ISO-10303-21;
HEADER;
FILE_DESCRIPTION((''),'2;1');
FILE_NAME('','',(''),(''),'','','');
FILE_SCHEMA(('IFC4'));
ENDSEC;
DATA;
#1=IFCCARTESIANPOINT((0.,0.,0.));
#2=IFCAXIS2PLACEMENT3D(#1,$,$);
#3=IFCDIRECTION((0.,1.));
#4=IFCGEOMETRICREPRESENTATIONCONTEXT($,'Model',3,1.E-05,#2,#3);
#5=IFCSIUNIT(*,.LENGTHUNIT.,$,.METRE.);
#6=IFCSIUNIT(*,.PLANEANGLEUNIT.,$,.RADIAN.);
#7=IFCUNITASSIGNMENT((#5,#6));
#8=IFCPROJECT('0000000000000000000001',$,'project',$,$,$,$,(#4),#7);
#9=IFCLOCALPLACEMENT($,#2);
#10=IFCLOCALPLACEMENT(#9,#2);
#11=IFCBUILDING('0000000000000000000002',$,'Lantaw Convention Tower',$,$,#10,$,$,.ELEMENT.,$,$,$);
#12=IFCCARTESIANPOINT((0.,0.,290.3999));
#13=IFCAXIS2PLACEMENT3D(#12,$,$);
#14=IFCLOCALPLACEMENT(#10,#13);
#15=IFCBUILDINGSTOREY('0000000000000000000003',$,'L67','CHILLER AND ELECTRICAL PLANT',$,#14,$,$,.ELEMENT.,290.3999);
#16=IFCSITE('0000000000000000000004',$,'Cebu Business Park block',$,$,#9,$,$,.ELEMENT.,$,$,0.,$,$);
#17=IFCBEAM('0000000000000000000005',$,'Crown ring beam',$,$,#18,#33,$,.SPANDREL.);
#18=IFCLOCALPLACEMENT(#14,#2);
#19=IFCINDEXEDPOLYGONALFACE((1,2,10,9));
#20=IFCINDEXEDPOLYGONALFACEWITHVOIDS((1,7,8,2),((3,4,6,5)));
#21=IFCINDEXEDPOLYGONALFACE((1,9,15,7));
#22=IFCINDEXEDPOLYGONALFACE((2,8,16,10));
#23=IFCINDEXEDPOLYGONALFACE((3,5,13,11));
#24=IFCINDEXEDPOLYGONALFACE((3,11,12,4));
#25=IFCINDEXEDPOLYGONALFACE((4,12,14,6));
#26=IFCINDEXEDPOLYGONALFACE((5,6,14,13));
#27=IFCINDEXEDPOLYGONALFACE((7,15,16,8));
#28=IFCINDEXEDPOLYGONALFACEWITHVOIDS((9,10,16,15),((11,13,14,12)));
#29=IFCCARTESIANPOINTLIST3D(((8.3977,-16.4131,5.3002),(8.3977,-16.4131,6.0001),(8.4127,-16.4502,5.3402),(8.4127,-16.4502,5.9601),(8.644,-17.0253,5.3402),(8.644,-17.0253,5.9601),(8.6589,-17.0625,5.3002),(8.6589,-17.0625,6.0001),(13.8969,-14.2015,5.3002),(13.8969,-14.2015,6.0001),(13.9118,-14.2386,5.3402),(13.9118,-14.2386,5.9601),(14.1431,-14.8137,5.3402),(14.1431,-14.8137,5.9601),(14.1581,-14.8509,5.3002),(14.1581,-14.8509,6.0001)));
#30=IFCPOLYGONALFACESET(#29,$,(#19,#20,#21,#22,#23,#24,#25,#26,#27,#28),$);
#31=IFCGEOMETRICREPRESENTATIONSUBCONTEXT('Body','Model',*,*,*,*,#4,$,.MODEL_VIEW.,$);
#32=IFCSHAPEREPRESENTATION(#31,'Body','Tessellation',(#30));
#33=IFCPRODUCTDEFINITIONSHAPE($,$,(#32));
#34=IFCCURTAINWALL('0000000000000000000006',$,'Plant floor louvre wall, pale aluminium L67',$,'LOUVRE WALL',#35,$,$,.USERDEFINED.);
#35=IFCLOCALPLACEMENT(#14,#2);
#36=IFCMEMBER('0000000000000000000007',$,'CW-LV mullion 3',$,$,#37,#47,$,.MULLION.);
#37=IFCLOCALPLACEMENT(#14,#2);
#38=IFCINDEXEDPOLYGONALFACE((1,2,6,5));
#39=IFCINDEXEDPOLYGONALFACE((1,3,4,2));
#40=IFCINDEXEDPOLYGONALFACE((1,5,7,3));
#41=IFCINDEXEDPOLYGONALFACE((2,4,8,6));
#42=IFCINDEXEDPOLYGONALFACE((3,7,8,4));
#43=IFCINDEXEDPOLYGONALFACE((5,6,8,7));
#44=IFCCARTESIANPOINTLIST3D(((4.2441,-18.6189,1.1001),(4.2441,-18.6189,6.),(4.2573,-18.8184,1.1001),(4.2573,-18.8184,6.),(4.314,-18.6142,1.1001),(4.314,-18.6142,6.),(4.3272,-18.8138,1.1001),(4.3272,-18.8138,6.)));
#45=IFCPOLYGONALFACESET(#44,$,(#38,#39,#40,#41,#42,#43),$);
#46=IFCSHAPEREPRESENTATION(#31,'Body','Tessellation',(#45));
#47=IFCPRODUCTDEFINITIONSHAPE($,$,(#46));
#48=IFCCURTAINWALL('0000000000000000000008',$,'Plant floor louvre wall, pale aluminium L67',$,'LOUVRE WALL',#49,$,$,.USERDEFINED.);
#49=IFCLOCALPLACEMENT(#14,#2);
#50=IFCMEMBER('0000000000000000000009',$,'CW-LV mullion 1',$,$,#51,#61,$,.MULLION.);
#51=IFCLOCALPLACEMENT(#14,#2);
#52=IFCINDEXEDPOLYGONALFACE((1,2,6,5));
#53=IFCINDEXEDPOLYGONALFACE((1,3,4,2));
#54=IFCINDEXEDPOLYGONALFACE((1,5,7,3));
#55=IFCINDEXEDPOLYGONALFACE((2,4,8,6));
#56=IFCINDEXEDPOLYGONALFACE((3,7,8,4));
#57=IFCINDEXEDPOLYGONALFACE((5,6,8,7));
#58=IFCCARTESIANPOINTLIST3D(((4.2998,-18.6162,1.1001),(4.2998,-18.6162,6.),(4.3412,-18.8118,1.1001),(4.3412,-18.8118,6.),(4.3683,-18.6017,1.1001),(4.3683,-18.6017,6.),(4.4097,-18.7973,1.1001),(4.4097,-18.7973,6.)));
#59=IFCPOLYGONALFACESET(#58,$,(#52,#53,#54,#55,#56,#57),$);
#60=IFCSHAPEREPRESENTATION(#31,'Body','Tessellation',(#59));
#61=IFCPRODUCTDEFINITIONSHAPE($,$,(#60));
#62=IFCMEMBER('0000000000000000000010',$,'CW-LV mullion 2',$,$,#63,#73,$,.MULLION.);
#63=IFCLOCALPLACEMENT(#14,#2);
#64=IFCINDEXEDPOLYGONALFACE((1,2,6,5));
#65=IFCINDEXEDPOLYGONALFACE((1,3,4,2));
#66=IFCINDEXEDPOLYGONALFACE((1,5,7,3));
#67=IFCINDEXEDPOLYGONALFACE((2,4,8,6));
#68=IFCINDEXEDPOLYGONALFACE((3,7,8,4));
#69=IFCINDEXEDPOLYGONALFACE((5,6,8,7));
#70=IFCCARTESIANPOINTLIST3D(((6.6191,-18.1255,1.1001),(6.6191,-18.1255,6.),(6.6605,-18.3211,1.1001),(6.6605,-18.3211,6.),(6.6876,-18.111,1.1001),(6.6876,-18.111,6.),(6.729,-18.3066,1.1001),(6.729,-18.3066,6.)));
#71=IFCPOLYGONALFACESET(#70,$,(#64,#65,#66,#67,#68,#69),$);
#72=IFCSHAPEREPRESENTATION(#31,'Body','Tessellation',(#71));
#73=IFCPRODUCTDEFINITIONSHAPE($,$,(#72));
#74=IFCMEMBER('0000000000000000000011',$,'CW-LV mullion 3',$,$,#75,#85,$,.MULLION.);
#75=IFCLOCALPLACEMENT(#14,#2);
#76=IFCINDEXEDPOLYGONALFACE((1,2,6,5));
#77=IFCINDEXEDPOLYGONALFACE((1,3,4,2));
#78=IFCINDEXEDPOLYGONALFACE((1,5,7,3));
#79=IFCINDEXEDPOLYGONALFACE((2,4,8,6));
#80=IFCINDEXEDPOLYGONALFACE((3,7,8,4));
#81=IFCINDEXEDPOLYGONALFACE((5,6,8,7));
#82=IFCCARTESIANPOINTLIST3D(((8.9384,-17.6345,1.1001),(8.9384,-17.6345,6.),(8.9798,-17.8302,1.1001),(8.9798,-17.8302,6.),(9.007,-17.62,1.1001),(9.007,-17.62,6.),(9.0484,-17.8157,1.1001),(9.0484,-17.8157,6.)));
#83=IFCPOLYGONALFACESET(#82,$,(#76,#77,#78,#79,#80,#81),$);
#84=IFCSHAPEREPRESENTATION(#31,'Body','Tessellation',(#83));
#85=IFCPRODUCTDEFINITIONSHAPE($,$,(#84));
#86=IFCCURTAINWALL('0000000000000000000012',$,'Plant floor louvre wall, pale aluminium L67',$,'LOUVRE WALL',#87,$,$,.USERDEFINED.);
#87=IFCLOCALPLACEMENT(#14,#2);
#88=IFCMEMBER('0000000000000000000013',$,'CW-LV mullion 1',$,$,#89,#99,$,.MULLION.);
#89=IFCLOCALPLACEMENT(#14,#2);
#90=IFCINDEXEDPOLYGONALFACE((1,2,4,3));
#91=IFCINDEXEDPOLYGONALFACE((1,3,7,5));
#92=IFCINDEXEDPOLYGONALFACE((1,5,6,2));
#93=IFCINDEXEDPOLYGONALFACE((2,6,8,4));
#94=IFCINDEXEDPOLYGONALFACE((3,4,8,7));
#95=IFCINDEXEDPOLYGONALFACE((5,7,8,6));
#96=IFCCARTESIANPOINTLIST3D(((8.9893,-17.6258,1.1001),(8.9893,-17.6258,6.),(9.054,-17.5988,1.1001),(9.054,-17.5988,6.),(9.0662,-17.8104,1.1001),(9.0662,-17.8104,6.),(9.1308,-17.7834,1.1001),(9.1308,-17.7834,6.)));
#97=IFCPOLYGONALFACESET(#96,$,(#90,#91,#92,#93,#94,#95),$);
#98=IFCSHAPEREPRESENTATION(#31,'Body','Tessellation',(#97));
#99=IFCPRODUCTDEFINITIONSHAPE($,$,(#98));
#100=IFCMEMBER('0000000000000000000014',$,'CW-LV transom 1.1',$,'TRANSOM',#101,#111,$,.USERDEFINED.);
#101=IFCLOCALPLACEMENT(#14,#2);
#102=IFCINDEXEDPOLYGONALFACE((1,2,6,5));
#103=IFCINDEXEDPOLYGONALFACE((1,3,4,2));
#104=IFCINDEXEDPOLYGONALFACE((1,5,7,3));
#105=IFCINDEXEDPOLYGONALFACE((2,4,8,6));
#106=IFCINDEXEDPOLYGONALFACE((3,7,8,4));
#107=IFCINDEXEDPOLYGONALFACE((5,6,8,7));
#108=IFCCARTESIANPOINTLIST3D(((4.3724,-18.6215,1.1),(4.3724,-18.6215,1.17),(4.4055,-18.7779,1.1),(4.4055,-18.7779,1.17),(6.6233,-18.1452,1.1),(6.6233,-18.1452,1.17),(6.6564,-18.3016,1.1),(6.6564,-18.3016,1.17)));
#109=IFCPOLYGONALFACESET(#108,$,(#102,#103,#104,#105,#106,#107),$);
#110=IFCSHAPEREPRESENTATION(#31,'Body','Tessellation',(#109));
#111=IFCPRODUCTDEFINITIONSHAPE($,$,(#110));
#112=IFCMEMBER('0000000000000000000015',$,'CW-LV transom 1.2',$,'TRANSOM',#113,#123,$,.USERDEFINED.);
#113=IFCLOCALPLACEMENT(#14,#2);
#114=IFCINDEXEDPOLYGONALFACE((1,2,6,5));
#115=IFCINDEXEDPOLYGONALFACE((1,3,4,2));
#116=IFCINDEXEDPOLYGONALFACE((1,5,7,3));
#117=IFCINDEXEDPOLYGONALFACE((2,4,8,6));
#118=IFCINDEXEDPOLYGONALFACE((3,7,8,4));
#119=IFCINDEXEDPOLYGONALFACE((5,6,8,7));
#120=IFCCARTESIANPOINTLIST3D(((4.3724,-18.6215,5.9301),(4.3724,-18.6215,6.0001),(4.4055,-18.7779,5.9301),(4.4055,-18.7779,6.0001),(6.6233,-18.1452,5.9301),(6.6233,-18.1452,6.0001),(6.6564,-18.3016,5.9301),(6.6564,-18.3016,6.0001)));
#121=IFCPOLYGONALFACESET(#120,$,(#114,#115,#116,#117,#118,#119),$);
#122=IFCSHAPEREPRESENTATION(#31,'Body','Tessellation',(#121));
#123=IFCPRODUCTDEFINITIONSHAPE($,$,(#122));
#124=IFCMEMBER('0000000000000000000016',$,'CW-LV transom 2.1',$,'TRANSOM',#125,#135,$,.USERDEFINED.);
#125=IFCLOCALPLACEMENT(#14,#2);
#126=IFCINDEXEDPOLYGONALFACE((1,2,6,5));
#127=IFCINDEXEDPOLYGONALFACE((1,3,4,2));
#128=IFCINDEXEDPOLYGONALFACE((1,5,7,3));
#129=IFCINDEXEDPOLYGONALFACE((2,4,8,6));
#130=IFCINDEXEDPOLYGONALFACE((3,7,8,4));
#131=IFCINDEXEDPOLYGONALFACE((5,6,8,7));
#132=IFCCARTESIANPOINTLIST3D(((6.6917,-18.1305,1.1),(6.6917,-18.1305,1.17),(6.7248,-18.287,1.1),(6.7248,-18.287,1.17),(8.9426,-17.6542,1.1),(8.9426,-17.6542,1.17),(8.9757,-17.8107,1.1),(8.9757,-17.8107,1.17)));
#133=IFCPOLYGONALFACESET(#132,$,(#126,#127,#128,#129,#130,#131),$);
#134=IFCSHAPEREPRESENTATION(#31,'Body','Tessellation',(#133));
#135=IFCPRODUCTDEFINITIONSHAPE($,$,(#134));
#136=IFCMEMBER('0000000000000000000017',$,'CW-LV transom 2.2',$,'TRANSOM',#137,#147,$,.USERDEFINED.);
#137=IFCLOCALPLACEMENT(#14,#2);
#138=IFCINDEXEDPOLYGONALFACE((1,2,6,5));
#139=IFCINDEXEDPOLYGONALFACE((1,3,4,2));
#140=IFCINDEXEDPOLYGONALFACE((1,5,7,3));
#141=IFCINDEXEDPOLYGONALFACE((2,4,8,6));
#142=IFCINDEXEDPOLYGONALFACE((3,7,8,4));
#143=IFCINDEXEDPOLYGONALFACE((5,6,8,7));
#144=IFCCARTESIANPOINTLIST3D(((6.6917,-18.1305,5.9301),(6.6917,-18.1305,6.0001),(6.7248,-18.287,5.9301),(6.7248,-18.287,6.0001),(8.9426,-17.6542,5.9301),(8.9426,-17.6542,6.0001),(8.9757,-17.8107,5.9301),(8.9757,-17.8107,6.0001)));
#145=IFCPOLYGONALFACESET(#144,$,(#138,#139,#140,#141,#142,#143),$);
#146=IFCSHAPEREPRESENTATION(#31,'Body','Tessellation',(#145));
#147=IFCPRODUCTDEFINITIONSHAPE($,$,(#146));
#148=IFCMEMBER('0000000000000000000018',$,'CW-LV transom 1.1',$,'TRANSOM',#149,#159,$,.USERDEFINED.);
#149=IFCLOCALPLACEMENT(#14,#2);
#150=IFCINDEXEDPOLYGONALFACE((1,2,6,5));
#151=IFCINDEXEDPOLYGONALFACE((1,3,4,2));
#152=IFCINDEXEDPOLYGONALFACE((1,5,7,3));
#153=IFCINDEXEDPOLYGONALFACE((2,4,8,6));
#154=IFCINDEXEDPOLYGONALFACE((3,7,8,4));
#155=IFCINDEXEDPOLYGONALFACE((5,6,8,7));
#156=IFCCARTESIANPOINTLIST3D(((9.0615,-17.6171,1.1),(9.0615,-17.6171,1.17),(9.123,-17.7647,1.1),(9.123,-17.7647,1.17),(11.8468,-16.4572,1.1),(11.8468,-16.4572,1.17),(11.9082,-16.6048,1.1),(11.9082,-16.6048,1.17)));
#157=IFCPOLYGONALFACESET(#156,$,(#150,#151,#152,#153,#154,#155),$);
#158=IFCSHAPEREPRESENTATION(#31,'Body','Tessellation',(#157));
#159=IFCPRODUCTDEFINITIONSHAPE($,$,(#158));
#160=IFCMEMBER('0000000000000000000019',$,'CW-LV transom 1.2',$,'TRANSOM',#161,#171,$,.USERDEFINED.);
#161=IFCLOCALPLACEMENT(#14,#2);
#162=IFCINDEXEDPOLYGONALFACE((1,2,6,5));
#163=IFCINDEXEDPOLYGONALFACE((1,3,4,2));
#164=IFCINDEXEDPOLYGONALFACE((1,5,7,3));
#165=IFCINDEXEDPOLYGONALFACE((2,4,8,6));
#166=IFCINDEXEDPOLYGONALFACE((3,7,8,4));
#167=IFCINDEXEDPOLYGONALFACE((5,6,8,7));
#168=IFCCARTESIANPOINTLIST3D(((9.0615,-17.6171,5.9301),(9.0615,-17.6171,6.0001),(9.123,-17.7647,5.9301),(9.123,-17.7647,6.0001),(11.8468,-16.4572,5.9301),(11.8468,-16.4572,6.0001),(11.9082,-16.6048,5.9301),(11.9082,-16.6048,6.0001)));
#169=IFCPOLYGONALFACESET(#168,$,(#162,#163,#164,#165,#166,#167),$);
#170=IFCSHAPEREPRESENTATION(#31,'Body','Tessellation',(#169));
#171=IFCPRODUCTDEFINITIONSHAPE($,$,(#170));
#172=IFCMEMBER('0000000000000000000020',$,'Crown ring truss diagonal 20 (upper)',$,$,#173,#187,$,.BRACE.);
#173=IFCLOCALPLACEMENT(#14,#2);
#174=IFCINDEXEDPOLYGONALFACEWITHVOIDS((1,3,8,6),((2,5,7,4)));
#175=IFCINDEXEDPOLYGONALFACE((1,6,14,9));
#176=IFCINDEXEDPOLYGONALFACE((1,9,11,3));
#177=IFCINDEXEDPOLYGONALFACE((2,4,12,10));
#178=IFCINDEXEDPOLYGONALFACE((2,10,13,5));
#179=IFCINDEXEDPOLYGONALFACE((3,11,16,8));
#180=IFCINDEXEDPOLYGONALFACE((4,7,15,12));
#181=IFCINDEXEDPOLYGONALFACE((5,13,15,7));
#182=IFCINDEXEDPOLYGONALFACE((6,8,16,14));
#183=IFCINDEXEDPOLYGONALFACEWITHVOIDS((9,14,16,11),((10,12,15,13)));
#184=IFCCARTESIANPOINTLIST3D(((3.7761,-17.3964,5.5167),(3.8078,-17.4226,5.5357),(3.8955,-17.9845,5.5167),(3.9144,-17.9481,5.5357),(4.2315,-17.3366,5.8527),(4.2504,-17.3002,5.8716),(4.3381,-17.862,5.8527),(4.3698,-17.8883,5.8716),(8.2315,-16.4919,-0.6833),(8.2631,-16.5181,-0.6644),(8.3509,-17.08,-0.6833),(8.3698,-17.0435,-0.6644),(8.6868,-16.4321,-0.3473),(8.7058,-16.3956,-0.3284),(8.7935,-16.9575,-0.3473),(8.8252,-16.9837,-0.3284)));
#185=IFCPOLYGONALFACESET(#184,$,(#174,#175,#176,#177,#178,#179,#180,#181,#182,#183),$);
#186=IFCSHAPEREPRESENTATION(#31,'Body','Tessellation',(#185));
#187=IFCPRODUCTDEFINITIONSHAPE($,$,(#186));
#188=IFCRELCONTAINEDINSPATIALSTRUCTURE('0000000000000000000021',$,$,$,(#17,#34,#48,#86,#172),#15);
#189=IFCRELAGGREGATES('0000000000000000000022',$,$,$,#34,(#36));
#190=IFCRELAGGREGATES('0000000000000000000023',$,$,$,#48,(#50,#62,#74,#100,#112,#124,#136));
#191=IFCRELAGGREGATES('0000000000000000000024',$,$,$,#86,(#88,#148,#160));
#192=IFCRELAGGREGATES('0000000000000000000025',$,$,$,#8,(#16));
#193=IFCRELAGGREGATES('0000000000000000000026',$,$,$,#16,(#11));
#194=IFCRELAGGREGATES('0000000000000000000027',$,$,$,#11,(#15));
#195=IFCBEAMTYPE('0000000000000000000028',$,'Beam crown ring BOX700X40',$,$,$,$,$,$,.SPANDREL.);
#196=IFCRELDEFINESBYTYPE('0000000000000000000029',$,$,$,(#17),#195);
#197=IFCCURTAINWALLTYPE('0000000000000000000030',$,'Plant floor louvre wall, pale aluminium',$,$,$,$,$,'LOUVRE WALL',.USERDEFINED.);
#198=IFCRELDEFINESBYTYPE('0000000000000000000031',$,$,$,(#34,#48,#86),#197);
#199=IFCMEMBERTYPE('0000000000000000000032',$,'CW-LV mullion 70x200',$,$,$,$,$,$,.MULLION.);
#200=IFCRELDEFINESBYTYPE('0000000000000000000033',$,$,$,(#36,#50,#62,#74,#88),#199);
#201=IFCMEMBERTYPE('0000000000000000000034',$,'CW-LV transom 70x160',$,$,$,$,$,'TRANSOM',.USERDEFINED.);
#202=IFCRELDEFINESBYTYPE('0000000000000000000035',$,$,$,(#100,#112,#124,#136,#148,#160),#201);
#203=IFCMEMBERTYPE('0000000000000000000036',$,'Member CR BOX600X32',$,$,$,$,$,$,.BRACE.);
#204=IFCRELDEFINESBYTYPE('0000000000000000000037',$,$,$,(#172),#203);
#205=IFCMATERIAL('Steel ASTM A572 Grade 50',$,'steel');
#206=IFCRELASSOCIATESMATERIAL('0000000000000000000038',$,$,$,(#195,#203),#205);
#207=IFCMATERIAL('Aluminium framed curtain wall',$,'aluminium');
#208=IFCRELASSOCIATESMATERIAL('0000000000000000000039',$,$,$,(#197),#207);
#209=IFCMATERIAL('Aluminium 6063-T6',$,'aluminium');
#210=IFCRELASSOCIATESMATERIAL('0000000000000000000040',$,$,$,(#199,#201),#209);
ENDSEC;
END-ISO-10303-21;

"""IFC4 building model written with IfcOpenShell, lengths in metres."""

from ifc_helpers import new_model, si_unit, direction, frame, origin, origin_2d, place, context, subcontext, project, spatial, rectangle, hollow_rectangle, extrude, material, material_profile, profile_set, type_object, element, aggregate, save


model = new_model("IFC4")

# Units and contexts
model_context = context("Model", 3, precision=1e-05, world=origin(), true_north=direction((0.0, 1.0)))
body_context = subcontext(model_context, "Body", "Model", "MODEL_VIEW")
ifc_project = project(units=[si_unit("LENGTHUNIT", "METRE"), si_unit("PLANEANGLEUNIT", "RADIAN")], contexts=[model_context])

# Site, building, storey
site_placement = place(None, origin())
site = spatial("IfcSite", under=ifc_project, at=site_placement, Name="Cebu Business Park block", CompositionType="ELEMENT", RefElevation=0.0)
building_placement = place(site_placement, origin())
building = spatial("IfcBuilding", under=site, at=building_placement, Name="Lantaw Convention Tower", CompositionType="ELEMENT")
storey_placement = place(building_placement, frame((0.0, 0.0, 290.3999)))
storey = spatial("IfcBuildingStorey", under=building, at=storey_placement, Name="L67", Description="CHILLER AND ELECTRICAL PLANT", CompositionType="ELEMENT", Elevation=290.3999)

# Shared definitions
ifc_material_1 = material(Name="Steel ASTM A572 Grade 50", Category="steel")

# Beam
ifc_material_profile_1 = material_profile(ifc_material_1, hollow_rectangle(XDim=0.7, YDim=0.7, WallThickness=0.04, at=origin_2d()), Name="BOX700X40")
ifc_profile_set_1 = profile_set([ifc_material_profile_1], Name="Steel ASTM A572 Grade 50")
beam_type_1 = type_object("IfcBeamType", Name="Beam crown ring BOX700X40", PredefinedType="SPANDREL", material=ifc_profile_set_1)
beam_1_placement = place(storey_placement, frame((8.5283, -16.7378, 5.6501), z_axis=(0.927779, 0.37313, 0.0), x_axis=(-0.37313, 0.927779, 0.0)))
element("IfcBeam", 1, at=beam_1_placement, inside=storey, type_object=beam_type_1, Name="Crown ring beam", PredefinedType="SPANDREL", context=body_context, shape_type="SweptSolid", body=[
    extrude(hollow_rectangle(XDim=0.7, YDim=0.7, WallThickness=0.04, at=origin_2d()), origin(), (0.0, 0.0, 1.0), 5.9272),
])

# Curtain wall, member
ifc_material_2 = material(Name="Aluminium framed curtain wall", Category="aluminium")
curtain_wall_type = type_object("IfcCurtainWallType", Name="Plant floor louvre wall, pale aluminium", ElementType="LOUVRE WALL", PredefinedType="USERDEFINED", material=ifc_material_2)
curtain_wall_1_placement = place(storey_placement, origin())
curtain_wall_1 = element("IfcCurtainWall", 2, at=curtain_wall_1_placement, inside=storey, type_object=curtain_wall_type, Name="Plant floor louvre wall, pale aluminium L67", ObjectType="LOUVRE WALL", PredefinedType="USERDEFINED")
ifc_material_3 = material(Name="Aluminium 6063-T6", Category="aluminium")
ifc_material_profile_2 = material_profile(ifc_material_3, rectangle(XDim=0.2, YDim=0.0701, at=origin_2d()), Name="CW-LV mullion 70x200")
ifc_profile_set_2 = profile_set([ifc_material_profile_2], Name="Aluminium 6063-T6")
member_type_1 = type_object("IfcMemberType", Name="CW-LV mullion 70x200", PredefinedType="MULLION", material=ifc_profile_set_2)
member_1_placement = place(storey_placement, frame((4.2856, -18.7163, 1.1001), z_axis=(0.0, 0.0, 1.0), x_axis=(-0.066025, 0.997818, 0.0)))
member_1 = element("IfcMember", 3, at=member_1_placement, type_object=member_type_1, Name="CW-LV mullion 3", PredefinedType="MULLION", context=body_context, shape_type="SweptSolid", body=[
    extrude(rectangle(XDim=0.2, YDim=0.0701, at=origin_2d()), origin(), (0.0, 0.0, 1.0), 4.8999),
])
aggregate(curtain_wall_1, [member_1])

# Curtain wall, members
curtain_wall_2_placement = place(storey_placement, origin())
curtain_wall_2 = element("IfcCurtainWall", 4, at=curtain_wall_2_placement, inside=storey, type_object=curtain_wall_type, Name="Plant floor louvre wall, pale aluminium L67", ObjectType="LOUVRE WALL", PredefinedType="USERDEFINED")
member_2_placement = place(storey_placement, frame((4.3547, -18.7068, 1.1001), z_axis=(0.0, 0.0, 1.0), x_axis=(-0.20704, 0.978332, 0.0)))
member_2 = element("IfcMember", 5, at=member_2_placement, type_object=member_type_1, Name="CW-LV mullion 1", PredefinedType="MULLION", context=body_context, shape_type="SweptSolid", body=[
    extrude(rectangle(XDim=0.2, YDim=0.0701, at=origin_2d()), origin(), (0.0, 0.0, 1.0), 4.8999),
])
member_3_placement = place(storey_placement, frame((6.6741, -18.2161, 1.1001), z_axis=(0.0, 0.0, 1.0), x_axis=(-0.20704, 0.978332, 0.0)))
member_3 = element("IfcMember", 6, at=member_3_placement, type_object=member_type_1, Name="CW-LV mullion 2", PredefinedType="MULLION", context=body_context, shape_type="SweptSolid", body=[
    extrude(rectangle(XDim=0.2, YDim=0.0701, at=origin_2d()), origin(), (0.0, 0.0, 1.0), 4.8999),
])
member_4_placement = place(storey_placement, frame((8.9934, -17.7251, 1.1001), z_axis=(0.0, 0.0, 1.0), x_axis=(-0.20704, 0.978332, 0.0)))
member_4 = element("IfcMember", 7, at=member_4_placement, type_object=member_type_1, Name="CW-LV mullion 3", PredefinedType="MULLION", context=body_context, shape_type="SweptSolid", body=[
    extrude(rectangle(XDim=0.2, YDim=0.0701, at=origin_2d()), origin(), (0.0, 0.0, 1.0), 4.8999),
])

# Curtain wall, member
curtain_wall_3_placement = place(storey_placement, origin())
curtain_wall_3 = element("IfcCurtainWall", 8, at=curtain_wall_3_placement, inside=storey, type_object=curtain_wall_type, Name="Plant floor louvre wall, pale aluminium L67", ObjectType="LOUVRE WALL", PredefinedType="USERDEFINED")
member_5_placement = place(storey_placement, frame((9.0601, -17.7046, 1.1001), z_axis=(0.0, 0.0, 1.0), x_axis=(-0.38446, 0.923142, 0.0)))
member_5 = element("IfcMember", 9, at=member_5_placement, type_object=member_type_1, Name="CW-LV mullion 1", PredefinedType="MULLION", context=body_context, shape_type="SweptSolid", body=[
    extrude(rectangle(XDim=0.2, YDim=0.0701, at=origin_2d()), origin(), (0.0, 0.0, 1.0), 4.8999),
])

# Members
ifc_material_profile_3 = material_profile(ifc_material_3, rectangle(XDim=0.1599, YDim=0.0701, at=origin_2d()), Name="CW-LV transom 70x160")
ifc_profile_set_3 = profile_set([ifc_material_profile_3], Name="Aluminium 6063-T6")
member_type_2 = type_object("IfcMemberType", Name="CW-LV transom 70x160", ElementType="TRANSOM", PredefinedType="USERDEFINED", material=ifc_profile_set_3)
member_6_placement = place(storey_placement, frame((4.3889, -18.6997, 1.135), z_axis=(0.978336, 0.207021, 0.0), x_axis=(-0.207021, 0.978336, 0.0)))
member_6 = element("IfcMember", 10, at=member_6_placement, type_object=member_type_2, Name="CW-LV transom 1.1", ObjectType="TRANSOM", PredefinedType="USERDEFINED", context=body_context, shape_type="SweptSolid", body=[
    extrude(rectangle(XDim=0.1599, YDim=0.0701, at=origin_2d()), origin(), (0.0, 0.0, 1.0), 2.3008),
])
member_7_placement = place(storey_placement, frame((4.3889, -18.6997, 5.9651), z_axis=(0.978336, 0.207021, 0.0), x_axis=(-0.207021, 0.978336, 0.0)))
member_7 = element("IfcMember", 11, at=member_7_placement, type_object=member_type_2, Name="CW-LV transom 1.2", ObjectType="TRANSOM", PredefinedType="USERDEFINED", context=body_context, shape_type="SweptSolid", body=[
    extrude(rectangle(XDim=0.1599, YDim=0.0701, at=origin_2d()), origin(), (0.0, 0.0, 1.0), 2.3008),
])
member_8_placement = place(storey_placement, frame((6.7083, -18.2087, 1.135), z_axis=(0.978336, 0.207021, 0.0), x_axis=(-0.207021, 0.978336, 0.0)))
member_8 = element("IfcMember", 12, at=member_8_placement, type_object=member_type_2, Name="CW-LV transom 2.1", ObjectType="TRANSOM", PredefinedType="USERDEFINED", context=body_context, shape_type="SweptSolid", body=[
    extrude(rectangle(XDim=0.1599, YDim=0.0701, at=origin_2d()), origin(), (0.0, 0.0, 1.0), 2.3008),
])
member_9_placement = place(storey_placement, frame((6.7083, -18.2087, 5.9651), z_axis=(0.978336, 0.207021, 0.0), x_axis=(-0.207021, 0.978336, 0.0)))
member_9 = element("IfcMember", 13, at=member_9_placement, type_object=member_type_2, Name="CW-LV transom 2.2", ObjectType="TRANSOM", PredefinedType="USERDEFINED", context=body_context, shape_type="SweptSolid", body=[
    extrude(rectangle(XDim=0.1599, YDim=0.0701, at=origin_2d()), origin(), (0.0, 0.0, 1.0), 2.3008),
])
member_10_placement = place(storey_placement, frame((9.0923, -17.6909, 1.135), z_axis=(0.923144, 0.384454, 0.0), x_axis=(-0.384454, 0.923144, 0.0)))
member_10 = element("IfcMember", 14, at=member_10_placement, type_object=member_type_2, Name="CW-LV transom 1.1", ObjectType="TRANSOM", PredefinedType="USERDEFINED", context=body_context, shape_type="SweptSolid", body=[
    extrude(rectangle(XDim=0.1599, YDim=0.0701, at=origin_2d()), origin(), (0.0, 0.0, 1.0), 3.0171),
])
member_11_placement = place(storey_placement, frame((9.0923, -17.6909, 5.9651), z_axis=(0.923144, 0.384454, 0.0), x_axis=(-0.384454, 0.923144, 0.0)))
member_11 = element("IfcMember", 15, at=member_11_placement, type_object=member_type_2, Name="CW-LV transom 1.2", ObjectType="TRANSOM", PredefinedType="USERDEFINED", context=body_context, shape_type="SweptSolid", body=[
    extrude(rectangle(XDim=0.1599, YDim=0.0701, at=origin_2d()), origin(), (0.0, 0.0, 1.0), 3.0171),
])

# Member
ifc_material_profile_4 = material_profile(ifc_material_1, hollow_rectangle(XDim=0.6001, YDim=0.6001, WallThickness=0.032, at=origin_2d()), Name="BOX600X32")
ifc_profile_set_4 = profile_set([ifc_material_profile_4], Name="Steel ASTM A572 Grade 50")
member_type_3 = type_object("IfcMemberType", Name="Member CR BOX600X32", PredefinedType="BRACE", material=ifc_profile_set_4)
member_12_placement = place(storey_placement, frame((8.5283, -16.7378, -0.5059), z_axis=(-0.579506, -0.117654, 0.806431), x_axis=(0.198966, -0.980006, 0.0)))
element("IfcMember", 16, at=member_12_placement, inside=storey, type_object=member_type_3, Name="Crown ring truss diagonal 20 (upper)", PredefinedType="BRACE", context=body_context, shape_type="SweptSolid", body=[
    extrude(hollow_rectangle(XDim=0.6001, YDim=0.6001, WallThickness=0.032, at=origin_2d()), origin(), (0.0, 0.0, 1.0), 7.6882),
])

aggregate(curtain_wall_2, [member_2, member_3, member_4, member_6, member_7, member_8, member_9])
aggregate(curtain_wall_3, [member_5, member_10, member_11])

save(model, "model.ifc")
